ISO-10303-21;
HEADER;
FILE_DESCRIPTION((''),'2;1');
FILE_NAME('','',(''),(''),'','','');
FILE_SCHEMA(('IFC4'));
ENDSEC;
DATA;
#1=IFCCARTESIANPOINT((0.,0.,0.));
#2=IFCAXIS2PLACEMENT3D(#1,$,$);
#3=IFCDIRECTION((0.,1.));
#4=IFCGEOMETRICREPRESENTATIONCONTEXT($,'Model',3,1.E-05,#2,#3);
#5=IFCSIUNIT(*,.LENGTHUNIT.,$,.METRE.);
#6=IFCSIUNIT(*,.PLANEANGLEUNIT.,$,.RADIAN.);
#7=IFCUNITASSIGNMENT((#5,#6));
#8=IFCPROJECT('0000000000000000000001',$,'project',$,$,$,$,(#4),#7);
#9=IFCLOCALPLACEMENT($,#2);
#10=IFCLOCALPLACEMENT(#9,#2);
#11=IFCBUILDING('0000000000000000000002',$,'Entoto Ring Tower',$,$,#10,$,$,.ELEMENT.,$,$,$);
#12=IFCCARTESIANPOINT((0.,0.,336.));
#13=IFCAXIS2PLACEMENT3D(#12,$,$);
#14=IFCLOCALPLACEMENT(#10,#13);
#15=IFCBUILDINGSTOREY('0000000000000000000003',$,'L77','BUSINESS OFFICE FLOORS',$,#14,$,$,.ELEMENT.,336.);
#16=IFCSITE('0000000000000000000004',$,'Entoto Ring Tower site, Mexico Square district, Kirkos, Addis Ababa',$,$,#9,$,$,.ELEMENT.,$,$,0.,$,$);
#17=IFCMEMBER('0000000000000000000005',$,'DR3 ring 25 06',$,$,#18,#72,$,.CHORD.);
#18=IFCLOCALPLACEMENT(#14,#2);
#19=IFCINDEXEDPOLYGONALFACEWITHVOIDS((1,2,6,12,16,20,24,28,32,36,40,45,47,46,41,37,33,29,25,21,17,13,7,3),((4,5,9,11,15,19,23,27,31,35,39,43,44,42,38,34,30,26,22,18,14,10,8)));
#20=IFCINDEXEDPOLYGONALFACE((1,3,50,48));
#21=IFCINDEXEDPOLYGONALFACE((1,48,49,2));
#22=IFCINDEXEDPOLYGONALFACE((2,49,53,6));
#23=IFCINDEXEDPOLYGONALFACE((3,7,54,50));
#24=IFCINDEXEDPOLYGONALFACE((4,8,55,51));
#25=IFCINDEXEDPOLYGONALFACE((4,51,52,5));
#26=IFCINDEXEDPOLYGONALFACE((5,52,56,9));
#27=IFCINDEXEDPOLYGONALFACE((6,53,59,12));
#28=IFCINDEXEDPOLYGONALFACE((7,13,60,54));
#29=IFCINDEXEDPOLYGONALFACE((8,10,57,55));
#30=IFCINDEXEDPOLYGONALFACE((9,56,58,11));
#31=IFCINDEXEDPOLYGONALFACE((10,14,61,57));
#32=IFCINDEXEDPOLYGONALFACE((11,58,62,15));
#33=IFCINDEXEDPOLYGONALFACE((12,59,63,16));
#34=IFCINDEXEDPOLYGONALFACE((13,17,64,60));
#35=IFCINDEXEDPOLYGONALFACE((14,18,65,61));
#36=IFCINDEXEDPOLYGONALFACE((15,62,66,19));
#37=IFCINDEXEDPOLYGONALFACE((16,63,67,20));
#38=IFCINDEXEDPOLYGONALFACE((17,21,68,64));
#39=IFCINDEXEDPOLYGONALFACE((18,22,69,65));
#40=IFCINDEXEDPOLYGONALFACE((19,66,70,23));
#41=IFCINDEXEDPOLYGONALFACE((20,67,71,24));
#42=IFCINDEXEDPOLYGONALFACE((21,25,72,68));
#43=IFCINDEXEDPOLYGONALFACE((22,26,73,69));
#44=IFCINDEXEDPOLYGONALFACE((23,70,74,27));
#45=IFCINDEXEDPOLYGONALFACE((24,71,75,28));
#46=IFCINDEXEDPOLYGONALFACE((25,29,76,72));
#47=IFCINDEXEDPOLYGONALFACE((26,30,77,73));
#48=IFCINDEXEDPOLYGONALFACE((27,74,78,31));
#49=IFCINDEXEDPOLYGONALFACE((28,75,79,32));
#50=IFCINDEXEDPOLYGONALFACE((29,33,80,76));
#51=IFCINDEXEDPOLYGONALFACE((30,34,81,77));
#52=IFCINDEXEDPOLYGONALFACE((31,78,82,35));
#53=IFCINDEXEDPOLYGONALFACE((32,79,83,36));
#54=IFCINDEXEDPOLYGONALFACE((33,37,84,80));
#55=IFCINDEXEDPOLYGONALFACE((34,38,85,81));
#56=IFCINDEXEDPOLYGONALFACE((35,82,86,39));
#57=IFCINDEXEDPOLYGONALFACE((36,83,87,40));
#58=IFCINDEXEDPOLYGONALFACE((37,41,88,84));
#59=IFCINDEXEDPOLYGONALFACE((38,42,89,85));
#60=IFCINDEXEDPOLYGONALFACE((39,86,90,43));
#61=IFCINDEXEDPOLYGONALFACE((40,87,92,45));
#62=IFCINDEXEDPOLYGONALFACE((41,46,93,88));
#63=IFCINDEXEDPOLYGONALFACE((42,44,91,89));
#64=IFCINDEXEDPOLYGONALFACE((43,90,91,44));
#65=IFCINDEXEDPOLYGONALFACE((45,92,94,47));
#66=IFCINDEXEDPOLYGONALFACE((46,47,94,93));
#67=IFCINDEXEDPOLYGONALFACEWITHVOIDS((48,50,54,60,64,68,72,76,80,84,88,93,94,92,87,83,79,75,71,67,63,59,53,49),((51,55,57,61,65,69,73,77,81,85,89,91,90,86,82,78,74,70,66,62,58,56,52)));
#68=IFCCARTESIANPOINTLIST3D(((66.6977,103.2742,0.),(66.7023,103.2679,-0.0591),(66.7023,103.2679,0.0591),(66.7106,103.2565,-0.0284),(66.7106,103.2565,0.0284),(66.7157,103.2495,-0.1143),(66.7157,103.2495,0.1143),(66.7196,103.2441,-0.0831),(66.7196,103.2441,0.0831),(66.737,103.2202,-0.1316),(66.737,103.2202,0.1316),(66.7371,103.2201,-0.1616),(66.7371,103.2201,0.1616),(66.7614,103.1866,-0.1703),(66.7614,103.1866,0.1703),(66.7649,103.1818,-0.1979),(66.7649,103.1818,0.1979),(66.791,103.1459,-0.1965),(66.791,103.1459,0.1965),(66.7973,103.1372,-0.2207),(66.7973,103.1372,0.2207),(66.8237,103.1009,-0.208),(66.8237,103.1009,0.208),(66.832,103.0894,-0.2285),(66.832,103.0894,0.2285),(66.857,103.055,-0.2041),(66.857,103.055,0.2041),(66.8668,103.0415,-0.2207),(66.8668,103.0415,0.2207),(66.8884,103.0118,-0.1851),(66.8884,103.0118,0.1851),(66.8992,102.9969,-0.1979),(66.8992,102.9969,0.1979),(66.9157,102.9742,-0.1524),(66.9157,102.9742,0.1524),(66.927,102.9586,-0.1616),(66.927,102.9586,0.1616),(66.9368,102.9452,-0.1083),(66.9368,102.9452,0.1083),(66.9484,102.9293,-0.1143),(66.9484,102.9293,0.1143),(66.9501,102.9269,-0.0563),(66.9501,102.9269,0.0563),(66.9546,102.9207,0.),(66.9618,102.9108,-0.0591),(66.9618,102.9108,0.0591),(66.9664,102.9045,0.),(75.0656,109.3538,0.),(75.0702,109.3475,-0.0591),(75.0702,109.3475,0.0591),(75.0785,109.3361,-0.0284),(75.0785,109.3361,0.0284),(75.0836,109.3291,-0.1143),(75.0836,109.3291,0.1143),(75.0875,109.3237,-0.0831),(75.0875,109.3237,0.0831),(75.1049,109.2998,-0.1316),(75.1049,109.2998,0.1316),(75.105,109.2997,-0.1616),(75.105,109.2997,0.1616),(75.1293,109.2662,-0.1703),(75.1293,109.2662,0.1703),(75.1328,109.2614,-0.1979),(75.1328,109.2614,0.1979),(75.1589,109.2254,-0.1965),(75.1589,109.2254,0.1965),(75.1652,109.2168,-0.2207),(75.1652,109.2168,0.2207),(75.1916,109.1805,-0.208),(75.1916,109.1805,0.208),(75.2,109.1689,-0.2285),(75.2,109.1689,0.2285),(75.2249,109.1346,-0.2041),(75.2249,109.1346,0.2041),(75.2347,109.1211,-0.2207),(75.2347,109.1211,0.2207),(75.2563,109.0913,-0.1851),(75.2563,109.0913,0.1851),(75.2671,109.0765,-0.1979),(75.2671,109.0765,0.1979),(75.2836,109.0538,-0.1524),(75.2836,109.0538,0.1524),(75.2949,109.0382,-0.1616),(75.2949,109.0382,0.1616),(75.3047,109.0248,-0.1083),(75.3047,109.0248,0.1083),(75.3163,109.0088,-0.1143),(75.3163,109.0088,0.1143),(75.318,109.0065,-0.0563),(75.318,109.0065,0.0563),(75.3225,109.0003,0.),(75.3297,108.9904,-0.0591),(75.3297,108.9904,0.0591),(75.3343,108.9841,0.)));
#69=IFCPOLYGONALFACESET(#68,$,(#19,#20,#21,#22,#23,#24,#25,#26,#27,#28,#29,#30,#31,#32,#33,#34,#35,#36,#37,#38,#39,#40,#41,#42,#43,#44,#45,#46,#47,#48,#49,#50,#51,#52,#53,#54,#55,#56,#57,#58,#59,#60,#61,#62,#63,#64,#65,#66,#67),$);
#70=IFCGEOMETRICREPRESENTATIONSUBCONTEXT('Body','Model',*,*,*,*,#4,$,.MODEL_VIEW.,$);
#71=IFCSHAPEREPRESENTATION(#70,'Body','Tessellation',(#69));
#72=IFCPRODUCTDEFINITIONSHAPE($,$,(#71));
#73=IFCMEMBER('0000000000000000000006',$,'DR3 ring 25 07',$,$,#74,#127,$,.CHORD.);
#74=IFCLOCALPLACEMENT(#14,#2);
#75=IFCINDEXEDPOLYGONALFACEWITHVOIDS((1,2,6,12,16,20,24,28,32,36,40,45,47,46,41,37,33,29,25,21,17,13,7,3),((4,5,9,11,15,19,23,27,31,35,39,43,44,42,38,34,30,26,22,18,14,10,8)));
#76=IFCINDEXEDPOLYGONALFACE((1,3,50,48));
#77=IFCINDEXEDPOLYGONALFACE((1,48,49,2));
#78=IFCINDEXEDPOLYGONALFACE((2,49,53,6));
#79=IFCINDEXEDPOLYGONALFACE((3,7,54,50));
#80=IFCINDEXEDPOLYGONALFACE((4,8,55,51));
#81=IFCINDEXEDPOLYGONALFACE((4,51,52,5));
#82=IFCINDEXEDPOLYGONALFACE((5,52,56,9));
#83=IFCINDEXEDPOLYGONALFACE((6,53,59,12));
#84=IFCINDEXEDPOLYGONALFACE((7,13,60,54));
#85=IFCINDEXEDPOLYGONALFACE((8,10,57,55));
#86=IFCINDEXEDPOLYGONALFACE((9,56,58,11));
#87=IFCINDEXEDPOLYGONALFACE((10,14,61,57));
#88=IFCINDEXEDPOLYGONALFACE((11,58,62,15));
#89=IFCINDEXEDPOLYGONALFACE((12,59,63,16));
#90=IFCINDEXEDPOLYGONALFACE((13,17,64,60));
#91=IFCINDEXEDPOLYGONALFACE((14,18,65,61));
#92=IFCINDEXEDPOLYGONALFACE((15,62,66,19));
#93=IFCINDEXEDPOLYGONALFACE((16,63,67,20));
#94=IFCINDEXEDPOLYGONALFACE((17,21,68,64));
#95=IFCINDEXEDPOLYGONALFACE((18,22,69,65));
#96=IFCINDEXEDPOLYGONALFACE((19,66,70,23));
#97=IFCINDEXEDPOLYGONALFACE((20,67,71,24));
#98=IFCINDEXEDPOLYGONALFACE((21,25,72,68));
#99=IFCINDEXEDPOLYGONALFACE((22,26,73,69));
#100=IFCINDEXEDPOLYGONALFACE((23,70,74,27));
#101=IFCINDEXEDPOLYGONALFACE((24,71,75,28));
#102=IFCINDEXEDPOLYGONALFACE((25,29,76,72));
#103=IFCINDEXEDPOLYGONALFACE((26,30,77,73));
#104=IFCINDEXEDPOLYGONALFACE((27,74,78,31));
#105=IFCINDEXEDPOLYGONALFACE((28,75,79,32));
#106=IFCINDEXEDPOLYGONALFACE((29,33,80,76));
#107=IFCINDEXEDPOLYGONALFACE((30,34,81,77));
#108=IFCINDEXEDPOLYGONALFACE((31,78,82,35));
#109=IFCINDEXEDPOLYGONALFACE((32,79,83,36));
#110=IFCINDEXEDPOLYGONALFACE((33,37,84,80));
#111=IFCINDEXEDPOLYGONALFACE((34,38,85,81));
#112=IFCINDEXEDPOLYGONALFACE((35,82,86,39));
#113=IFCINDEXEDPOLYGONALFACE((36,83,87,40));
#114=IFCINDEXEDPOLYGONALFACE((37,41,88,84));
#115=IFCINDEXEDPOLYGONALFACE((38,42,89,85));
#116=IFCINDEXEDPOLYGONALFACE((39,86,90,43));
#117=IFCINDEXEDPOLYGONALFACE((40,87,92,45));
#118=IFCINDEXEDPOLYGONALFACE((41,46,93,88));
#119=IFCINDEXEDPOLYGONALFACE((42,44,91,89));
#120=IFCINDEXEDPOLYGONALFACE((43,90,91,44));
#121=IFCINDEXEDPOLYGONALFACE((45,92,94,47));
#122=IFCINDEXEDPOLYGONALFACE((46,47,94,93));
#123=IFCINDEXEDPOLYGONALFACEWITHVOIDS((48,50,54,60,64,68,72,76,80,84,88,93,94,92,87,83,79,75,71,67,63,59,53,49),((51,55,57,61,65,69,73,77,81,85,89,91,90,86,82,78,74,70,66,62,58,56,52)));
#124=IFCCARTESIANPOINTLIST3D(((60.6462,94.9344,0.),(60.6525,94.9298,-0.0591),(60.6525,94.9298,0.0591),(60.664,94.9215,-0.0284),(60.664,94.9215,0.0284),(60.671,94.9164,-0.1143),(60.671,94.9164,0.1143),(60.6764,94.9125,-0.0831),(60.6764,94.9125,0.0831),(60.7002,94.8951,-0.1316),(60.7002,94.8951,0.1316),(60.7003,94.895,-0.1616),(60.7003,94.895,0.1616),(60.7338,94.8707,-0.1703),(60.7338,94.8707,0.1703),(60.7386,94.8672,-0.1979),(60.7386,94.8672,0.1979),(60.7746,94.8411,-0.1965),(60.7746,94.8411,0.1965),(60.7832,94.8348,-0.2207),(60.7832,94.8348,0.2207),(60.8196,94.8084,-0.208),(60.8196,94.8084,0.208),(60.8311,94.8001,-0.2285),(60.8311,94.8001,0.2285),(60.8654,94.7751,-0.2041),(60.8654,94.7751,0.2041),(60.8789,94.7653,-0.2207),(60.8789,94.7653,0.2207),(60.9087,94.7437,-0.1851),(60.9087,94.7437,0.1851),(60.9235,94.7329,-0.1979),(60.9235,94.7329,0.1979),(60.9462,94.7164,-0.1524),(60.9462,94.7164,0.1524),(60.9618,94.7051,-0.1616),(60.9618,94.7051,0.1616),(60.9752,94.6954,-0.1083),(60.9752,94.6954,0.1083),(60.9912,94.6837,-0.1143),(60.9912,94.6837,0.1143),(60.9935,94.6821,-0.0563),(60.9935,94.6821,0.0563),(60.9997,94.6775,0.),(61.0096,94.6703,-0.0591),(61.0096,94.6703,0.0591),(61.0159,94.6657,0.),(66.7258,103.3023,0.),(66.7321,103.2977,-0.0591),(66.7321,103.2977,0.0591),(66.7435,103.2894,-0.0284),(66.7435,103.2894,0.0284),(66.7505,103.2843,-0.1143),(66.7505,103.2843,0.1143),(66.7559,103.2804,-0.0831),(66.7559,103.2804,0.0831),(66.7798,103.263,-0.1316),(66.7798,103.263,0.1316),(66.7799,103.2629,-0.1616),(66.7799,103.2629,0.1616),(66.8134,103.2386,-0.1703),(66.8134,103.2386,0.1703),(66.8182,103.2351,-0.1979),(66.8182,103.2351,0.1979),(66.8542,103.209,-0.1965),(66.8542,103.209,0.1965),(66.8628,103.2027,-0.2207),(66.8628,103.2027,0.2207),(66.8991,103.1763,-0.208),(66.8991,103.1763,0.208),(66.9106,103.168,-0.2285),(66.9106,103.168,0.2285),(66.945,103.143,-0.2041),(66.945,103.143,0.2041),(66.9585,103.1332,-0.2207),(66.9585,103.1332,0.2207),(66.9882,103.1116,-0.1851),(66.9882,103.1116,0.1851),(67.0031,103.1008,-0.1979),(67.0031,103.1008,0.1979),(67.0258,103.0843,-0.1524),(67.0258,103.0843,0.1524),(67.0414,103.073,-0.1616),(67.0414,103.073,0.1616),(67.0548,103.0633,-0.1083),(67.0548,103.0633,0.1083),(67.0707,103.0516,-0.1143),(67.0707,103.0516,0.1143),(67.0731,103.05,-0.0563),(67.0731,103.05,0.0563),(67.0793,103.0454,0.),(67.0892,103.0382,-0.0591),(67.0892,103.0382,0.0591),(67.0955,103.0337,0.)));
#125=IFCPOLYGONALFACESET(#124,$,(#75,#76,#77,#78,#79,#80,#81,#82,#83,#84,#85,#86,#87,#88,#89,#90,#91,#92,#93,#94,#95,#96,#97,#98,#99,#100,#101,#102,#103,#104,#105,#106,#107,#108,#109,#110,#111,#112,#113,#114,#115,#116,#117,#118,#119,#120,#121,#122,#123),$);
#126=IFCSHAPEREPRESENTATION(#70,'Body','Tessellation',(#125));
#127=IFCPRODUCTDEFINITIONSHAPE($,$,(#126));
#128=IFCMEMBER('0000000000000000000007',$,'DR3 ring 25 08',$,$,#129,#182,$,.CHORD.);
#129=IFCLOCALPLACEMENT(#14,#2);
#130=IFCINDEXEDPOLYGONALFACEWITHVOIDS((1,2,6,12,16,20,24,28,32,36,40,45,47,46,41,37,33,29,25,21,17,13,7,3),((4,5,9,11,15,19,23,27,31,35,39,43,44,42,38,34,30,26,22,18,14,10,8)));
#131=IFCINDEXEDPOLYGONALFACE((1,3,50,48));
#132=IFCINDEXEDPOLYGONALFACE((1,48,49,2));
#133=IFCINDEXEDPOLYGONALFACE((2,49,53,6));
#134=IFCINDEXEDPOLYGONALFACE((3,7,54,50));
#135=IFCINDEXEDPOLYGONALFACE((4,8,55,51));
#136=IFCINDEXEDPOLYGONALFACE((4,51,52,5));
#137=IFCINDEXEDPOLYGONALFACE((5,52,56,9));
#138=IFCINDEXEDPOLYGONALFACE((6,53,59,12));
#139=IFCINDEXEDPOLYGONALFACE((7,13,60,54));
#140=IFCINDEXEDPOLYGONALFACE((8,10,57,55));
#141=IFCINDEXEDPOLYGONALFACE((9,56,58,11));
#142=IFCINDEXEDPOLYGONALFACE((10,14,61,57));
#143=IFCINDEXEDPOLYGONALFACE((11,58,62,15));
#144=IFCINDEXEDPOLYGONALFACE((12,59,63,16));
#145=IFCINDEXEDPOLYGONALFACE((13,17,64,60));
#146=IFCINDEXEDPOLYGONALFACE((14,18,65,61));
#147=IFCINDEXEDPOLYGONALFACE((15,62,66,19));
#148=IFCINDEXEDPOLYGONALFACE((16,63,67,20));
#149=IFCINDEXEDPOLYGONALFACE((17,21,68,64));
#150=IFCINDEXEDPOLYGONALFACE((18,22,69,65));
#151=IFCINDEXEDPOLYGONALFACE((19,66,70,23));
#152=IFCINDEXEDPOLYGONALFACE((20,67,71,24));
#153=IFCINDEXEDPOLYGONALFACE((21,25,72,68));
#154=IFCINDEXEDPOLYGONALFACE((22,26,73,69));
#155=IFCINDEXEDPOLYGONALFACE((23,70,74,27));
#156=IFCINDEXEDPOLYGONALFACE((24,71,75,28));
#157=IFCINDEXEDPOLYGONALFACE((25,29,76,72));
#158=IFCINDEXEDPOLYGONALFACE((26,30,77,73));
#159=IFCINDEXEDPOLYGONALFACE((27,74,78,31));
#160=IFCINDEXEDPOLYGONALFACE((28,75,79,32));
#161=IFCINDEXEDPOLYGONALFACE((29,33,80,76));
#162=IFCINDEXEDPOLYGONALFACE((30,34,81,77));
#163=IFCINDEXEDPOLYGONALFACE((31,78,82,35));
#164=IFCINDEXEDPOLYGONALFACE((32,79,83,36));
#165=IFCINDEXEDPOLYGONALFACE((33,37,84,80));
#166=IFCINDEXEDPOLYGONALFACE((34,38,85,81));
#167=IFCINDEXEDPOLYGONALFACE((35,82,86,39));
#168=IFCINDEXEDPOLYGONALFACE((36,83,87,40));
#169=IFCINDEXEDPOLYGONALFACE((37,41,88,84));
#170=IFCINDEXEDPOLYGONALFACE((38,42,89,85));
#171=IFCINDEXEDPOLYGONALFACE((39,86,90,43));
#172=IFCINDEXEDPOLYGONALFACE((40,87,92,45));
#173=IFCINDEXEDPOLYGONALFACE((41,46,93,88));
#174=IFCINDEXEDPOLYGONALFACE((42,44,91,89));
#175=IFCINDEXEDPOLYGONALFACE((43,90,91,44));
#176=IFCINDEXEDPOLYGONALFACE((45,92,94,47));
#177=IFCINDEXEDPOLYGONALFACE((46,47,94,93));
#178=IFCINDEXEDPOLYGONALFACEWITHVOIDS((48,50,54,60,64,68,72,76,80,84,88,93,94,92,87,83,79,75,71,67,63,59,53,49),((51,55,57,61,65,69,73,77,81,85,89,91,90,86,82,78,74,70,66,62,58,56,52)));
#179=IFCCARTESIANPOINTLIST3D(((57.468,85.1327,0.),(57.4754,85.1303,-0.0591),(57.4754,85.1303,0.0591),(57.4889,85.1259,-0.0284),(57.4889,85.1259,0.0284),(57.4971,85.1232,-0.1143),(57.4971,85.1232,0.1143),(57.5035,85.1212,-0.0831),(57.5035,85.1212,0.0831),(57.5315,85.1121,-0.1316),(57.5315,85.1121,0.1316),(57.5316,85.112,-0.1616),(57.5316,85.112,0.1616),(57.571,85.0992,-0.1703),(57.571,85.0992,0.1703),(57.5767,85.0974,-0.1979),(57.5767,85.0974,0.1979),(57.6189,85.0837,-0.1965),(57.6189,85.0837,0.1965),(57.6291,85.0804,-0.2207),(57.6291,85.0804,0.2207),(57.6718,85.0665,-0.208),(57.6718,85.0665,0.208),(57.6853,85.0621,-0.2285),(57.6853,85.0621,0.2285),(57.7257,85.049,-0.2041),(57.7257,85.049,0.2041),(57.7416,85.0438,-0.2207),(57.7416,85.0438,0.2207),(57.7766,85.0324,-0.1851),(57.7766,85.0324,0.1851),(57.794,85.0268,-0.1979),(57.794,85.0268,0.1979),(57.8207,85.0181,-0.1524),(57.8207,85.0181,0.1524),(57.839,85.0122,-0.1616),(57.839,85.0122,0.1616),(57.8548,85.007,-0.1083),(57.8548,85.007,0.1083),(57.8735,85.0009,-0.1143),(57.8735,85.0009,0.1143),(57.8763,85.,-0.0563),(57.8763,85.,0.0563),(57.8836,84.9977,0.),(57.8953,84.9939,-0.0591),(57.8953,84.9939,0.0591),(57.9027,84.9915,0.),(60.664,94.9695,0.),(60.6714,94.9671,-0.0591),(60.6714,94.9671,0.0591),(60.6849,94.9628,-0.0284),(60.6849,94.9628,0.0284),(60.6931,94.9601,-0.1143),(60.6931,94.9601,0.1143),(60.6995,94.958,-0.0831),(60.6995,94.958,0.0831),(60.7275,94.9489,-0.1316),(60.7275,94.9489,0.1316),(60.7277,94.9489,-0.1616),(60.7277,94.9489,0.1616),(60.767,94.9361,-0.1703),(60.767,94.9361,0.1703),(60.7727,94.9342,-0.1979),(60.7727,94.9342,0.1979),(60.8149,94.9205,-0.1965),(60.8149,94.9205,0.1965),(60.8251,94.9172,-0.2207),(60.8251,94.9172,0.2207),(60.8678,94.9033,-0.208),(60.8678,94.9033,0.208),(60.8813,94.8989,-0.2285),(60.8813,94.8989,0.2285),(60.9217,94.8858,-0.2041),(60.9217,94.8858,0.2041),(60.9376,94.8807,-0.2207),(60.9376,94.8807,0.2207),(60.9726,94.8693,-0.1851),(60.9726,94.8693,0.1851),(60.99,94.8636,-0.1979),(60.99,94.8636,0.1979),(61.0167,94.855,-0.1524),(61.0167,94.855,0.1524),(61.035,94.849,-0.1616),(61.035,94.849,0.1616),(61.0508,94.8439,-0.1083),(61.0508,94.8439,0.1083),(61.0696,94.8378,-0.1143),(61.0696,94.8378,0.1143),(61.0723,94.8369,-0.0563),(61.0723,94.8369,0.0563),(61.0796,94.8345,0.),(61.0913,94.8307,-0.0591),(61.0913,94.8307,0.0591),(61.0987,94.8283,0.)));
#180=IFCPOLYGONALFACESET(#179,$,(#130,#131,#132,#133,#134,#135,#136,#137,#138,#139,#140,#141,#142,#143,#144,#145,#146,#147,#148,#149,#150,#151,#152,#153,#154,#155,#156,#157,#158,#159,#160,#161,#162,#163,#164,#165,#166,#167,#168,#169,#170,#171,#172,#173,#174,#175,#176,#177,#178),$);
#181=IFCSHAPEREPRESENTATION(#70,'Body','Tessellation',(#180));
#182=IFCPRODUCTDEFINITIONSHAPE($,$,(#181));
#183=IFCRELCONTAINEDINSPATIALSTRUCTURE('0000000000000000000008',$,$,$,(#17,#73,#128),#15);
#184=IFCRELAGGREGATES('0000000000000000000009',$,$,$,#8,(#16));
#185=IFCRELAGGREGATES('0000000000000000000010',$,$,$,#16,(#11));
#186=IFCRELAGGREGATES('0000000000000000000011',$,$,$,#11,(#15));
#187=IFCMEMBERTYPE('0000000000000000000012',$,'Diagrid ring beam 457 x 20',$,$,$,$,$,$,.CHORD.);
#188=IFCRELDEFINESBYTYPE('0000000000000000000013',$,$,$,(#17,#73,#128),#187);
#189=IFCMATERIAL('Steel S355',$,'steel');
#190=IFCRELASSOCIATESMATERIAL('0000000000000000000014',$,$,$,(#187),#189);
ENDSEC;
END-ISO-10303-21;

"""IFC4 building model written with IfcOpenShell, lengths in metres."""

from ifc_helpers import new_model, si_unit, direction, frame, origin, origin_2d, place, context, subcontext, project, spatial, circle, hollow_circle, extrude, material, material_profile, profile_set, type_object, element, save


model = new_model("IFC4")

# Units and contexts
model_context = context("Model", 3, precision=1e-05, world=origin(), true_north=direction((0.0, 1.0)))
body_context = subcontext(model_context, "Body", "Model", "MODEL_VIEW")
ifc_project = project(units=[si_unit("LENGTHUNIT", "METRE"), si_unit("PLANEANGLEUNIT", "RADIAN")], contexts=[model_context])

# Site, building, storey
site_placement = place(None, origin())
site = spatial("IfcSite", under=ifc_project, at=site_placement, Name="Entoto Ring Tower site, Mexico Square district, Kirkos, Addis Ababa", CompositionType="ELEMENT", RefElevation=0.0)
building_placement = place(site_placement, origin())
building = spatial("IfcBuilding", under=site, at=building_placement, Name="Entoto Ring Tower", CompositionType="ELEMENT")
storey_placement = place(building_placement, frame((0.0, 0.0, 336.0)))
storey = spatial("IfcBuildingStorey", under=building, at=storey_placement, Name="L77", Description="BUSINESS OFFICE FLOORS", CompositionType="ELEMENT", Elevation=336.0)

# Members
ifc_material_1 = material(Name="Steel S355", Category="steel")
ifc_material_profile_1 = material_profile(ifc_material_1, hollow_circle(Radius=0.2285, WallThickness=0.02, at=origin_2d()), Name="CHS 457 x 20")
ifc_material_2 = material(Name="Concrete C60/75", Category="concrete")
ifc_material_profile_2 = material_profile(ifc_material_2, circle(Radius=0.2085, at=origin_2d()), Name="Concrete C60/75 infill")
ifc_profile_set_1 = profile_set([ifc_material_profile_1, ifc_material_profile_2], Name="Steel S355")
member_type_1 = type_object("IfcMemberType", Name="Diagrid ring beam 457 x 20", PredefinedType="CHORD", material=ifc_profile_set_1)
for number, where, z_axis, x_axis, name in (
    (1, (75.2, 109.1689, 0.0), (-0.80902, -0.587781, 0.0), (0.587781, -0.80902, 0.0), "DR3 ring 25 06"),
    (2, (66.9106, 103.168, 0.0), (-0.587781, -0.80902, 0.0), (0.80902, -0.587781, 0.0), "DR3 ring 25 07"),
):
    element("IfcMember", number, at=place(storey_placement, frame(where, z_axis=z_axis, x_axis=x_axis)), inside=storey, type_object=member_type_1, Name=name, PredefinedType="CHORD", context=body_context, shape_type="SweptSolid", body=[
        extrude(hollow_circle(Radius=0.2285, WallThickness=0.02, at=origin_2d()), origin(), (0.0, 0.0, 1.0), 10.3433),
    ])
member_1_placement = place(storey_placement, frame((60.8813, 94.8989, 0.0), z_axis=(-0.309003, -0.951061, 0.0), x_axis=(0.951061, -0.309003, 0.0)))
element("IfcMember", 3, at=member_1_placement, inside=storey, type_object=member_type_1, Name="DR3 ring 25 08", PredefinedType="CHORD", context=body_context, shape_type="SweptSolid", body=[
    extrude(hollow_circle(Radius=0.2285, WallThickness=0.02, at=origin_2d()), origin(), (0.0, 0.0, 1.0), 10.343),
])

save(model, "model.ifc")
